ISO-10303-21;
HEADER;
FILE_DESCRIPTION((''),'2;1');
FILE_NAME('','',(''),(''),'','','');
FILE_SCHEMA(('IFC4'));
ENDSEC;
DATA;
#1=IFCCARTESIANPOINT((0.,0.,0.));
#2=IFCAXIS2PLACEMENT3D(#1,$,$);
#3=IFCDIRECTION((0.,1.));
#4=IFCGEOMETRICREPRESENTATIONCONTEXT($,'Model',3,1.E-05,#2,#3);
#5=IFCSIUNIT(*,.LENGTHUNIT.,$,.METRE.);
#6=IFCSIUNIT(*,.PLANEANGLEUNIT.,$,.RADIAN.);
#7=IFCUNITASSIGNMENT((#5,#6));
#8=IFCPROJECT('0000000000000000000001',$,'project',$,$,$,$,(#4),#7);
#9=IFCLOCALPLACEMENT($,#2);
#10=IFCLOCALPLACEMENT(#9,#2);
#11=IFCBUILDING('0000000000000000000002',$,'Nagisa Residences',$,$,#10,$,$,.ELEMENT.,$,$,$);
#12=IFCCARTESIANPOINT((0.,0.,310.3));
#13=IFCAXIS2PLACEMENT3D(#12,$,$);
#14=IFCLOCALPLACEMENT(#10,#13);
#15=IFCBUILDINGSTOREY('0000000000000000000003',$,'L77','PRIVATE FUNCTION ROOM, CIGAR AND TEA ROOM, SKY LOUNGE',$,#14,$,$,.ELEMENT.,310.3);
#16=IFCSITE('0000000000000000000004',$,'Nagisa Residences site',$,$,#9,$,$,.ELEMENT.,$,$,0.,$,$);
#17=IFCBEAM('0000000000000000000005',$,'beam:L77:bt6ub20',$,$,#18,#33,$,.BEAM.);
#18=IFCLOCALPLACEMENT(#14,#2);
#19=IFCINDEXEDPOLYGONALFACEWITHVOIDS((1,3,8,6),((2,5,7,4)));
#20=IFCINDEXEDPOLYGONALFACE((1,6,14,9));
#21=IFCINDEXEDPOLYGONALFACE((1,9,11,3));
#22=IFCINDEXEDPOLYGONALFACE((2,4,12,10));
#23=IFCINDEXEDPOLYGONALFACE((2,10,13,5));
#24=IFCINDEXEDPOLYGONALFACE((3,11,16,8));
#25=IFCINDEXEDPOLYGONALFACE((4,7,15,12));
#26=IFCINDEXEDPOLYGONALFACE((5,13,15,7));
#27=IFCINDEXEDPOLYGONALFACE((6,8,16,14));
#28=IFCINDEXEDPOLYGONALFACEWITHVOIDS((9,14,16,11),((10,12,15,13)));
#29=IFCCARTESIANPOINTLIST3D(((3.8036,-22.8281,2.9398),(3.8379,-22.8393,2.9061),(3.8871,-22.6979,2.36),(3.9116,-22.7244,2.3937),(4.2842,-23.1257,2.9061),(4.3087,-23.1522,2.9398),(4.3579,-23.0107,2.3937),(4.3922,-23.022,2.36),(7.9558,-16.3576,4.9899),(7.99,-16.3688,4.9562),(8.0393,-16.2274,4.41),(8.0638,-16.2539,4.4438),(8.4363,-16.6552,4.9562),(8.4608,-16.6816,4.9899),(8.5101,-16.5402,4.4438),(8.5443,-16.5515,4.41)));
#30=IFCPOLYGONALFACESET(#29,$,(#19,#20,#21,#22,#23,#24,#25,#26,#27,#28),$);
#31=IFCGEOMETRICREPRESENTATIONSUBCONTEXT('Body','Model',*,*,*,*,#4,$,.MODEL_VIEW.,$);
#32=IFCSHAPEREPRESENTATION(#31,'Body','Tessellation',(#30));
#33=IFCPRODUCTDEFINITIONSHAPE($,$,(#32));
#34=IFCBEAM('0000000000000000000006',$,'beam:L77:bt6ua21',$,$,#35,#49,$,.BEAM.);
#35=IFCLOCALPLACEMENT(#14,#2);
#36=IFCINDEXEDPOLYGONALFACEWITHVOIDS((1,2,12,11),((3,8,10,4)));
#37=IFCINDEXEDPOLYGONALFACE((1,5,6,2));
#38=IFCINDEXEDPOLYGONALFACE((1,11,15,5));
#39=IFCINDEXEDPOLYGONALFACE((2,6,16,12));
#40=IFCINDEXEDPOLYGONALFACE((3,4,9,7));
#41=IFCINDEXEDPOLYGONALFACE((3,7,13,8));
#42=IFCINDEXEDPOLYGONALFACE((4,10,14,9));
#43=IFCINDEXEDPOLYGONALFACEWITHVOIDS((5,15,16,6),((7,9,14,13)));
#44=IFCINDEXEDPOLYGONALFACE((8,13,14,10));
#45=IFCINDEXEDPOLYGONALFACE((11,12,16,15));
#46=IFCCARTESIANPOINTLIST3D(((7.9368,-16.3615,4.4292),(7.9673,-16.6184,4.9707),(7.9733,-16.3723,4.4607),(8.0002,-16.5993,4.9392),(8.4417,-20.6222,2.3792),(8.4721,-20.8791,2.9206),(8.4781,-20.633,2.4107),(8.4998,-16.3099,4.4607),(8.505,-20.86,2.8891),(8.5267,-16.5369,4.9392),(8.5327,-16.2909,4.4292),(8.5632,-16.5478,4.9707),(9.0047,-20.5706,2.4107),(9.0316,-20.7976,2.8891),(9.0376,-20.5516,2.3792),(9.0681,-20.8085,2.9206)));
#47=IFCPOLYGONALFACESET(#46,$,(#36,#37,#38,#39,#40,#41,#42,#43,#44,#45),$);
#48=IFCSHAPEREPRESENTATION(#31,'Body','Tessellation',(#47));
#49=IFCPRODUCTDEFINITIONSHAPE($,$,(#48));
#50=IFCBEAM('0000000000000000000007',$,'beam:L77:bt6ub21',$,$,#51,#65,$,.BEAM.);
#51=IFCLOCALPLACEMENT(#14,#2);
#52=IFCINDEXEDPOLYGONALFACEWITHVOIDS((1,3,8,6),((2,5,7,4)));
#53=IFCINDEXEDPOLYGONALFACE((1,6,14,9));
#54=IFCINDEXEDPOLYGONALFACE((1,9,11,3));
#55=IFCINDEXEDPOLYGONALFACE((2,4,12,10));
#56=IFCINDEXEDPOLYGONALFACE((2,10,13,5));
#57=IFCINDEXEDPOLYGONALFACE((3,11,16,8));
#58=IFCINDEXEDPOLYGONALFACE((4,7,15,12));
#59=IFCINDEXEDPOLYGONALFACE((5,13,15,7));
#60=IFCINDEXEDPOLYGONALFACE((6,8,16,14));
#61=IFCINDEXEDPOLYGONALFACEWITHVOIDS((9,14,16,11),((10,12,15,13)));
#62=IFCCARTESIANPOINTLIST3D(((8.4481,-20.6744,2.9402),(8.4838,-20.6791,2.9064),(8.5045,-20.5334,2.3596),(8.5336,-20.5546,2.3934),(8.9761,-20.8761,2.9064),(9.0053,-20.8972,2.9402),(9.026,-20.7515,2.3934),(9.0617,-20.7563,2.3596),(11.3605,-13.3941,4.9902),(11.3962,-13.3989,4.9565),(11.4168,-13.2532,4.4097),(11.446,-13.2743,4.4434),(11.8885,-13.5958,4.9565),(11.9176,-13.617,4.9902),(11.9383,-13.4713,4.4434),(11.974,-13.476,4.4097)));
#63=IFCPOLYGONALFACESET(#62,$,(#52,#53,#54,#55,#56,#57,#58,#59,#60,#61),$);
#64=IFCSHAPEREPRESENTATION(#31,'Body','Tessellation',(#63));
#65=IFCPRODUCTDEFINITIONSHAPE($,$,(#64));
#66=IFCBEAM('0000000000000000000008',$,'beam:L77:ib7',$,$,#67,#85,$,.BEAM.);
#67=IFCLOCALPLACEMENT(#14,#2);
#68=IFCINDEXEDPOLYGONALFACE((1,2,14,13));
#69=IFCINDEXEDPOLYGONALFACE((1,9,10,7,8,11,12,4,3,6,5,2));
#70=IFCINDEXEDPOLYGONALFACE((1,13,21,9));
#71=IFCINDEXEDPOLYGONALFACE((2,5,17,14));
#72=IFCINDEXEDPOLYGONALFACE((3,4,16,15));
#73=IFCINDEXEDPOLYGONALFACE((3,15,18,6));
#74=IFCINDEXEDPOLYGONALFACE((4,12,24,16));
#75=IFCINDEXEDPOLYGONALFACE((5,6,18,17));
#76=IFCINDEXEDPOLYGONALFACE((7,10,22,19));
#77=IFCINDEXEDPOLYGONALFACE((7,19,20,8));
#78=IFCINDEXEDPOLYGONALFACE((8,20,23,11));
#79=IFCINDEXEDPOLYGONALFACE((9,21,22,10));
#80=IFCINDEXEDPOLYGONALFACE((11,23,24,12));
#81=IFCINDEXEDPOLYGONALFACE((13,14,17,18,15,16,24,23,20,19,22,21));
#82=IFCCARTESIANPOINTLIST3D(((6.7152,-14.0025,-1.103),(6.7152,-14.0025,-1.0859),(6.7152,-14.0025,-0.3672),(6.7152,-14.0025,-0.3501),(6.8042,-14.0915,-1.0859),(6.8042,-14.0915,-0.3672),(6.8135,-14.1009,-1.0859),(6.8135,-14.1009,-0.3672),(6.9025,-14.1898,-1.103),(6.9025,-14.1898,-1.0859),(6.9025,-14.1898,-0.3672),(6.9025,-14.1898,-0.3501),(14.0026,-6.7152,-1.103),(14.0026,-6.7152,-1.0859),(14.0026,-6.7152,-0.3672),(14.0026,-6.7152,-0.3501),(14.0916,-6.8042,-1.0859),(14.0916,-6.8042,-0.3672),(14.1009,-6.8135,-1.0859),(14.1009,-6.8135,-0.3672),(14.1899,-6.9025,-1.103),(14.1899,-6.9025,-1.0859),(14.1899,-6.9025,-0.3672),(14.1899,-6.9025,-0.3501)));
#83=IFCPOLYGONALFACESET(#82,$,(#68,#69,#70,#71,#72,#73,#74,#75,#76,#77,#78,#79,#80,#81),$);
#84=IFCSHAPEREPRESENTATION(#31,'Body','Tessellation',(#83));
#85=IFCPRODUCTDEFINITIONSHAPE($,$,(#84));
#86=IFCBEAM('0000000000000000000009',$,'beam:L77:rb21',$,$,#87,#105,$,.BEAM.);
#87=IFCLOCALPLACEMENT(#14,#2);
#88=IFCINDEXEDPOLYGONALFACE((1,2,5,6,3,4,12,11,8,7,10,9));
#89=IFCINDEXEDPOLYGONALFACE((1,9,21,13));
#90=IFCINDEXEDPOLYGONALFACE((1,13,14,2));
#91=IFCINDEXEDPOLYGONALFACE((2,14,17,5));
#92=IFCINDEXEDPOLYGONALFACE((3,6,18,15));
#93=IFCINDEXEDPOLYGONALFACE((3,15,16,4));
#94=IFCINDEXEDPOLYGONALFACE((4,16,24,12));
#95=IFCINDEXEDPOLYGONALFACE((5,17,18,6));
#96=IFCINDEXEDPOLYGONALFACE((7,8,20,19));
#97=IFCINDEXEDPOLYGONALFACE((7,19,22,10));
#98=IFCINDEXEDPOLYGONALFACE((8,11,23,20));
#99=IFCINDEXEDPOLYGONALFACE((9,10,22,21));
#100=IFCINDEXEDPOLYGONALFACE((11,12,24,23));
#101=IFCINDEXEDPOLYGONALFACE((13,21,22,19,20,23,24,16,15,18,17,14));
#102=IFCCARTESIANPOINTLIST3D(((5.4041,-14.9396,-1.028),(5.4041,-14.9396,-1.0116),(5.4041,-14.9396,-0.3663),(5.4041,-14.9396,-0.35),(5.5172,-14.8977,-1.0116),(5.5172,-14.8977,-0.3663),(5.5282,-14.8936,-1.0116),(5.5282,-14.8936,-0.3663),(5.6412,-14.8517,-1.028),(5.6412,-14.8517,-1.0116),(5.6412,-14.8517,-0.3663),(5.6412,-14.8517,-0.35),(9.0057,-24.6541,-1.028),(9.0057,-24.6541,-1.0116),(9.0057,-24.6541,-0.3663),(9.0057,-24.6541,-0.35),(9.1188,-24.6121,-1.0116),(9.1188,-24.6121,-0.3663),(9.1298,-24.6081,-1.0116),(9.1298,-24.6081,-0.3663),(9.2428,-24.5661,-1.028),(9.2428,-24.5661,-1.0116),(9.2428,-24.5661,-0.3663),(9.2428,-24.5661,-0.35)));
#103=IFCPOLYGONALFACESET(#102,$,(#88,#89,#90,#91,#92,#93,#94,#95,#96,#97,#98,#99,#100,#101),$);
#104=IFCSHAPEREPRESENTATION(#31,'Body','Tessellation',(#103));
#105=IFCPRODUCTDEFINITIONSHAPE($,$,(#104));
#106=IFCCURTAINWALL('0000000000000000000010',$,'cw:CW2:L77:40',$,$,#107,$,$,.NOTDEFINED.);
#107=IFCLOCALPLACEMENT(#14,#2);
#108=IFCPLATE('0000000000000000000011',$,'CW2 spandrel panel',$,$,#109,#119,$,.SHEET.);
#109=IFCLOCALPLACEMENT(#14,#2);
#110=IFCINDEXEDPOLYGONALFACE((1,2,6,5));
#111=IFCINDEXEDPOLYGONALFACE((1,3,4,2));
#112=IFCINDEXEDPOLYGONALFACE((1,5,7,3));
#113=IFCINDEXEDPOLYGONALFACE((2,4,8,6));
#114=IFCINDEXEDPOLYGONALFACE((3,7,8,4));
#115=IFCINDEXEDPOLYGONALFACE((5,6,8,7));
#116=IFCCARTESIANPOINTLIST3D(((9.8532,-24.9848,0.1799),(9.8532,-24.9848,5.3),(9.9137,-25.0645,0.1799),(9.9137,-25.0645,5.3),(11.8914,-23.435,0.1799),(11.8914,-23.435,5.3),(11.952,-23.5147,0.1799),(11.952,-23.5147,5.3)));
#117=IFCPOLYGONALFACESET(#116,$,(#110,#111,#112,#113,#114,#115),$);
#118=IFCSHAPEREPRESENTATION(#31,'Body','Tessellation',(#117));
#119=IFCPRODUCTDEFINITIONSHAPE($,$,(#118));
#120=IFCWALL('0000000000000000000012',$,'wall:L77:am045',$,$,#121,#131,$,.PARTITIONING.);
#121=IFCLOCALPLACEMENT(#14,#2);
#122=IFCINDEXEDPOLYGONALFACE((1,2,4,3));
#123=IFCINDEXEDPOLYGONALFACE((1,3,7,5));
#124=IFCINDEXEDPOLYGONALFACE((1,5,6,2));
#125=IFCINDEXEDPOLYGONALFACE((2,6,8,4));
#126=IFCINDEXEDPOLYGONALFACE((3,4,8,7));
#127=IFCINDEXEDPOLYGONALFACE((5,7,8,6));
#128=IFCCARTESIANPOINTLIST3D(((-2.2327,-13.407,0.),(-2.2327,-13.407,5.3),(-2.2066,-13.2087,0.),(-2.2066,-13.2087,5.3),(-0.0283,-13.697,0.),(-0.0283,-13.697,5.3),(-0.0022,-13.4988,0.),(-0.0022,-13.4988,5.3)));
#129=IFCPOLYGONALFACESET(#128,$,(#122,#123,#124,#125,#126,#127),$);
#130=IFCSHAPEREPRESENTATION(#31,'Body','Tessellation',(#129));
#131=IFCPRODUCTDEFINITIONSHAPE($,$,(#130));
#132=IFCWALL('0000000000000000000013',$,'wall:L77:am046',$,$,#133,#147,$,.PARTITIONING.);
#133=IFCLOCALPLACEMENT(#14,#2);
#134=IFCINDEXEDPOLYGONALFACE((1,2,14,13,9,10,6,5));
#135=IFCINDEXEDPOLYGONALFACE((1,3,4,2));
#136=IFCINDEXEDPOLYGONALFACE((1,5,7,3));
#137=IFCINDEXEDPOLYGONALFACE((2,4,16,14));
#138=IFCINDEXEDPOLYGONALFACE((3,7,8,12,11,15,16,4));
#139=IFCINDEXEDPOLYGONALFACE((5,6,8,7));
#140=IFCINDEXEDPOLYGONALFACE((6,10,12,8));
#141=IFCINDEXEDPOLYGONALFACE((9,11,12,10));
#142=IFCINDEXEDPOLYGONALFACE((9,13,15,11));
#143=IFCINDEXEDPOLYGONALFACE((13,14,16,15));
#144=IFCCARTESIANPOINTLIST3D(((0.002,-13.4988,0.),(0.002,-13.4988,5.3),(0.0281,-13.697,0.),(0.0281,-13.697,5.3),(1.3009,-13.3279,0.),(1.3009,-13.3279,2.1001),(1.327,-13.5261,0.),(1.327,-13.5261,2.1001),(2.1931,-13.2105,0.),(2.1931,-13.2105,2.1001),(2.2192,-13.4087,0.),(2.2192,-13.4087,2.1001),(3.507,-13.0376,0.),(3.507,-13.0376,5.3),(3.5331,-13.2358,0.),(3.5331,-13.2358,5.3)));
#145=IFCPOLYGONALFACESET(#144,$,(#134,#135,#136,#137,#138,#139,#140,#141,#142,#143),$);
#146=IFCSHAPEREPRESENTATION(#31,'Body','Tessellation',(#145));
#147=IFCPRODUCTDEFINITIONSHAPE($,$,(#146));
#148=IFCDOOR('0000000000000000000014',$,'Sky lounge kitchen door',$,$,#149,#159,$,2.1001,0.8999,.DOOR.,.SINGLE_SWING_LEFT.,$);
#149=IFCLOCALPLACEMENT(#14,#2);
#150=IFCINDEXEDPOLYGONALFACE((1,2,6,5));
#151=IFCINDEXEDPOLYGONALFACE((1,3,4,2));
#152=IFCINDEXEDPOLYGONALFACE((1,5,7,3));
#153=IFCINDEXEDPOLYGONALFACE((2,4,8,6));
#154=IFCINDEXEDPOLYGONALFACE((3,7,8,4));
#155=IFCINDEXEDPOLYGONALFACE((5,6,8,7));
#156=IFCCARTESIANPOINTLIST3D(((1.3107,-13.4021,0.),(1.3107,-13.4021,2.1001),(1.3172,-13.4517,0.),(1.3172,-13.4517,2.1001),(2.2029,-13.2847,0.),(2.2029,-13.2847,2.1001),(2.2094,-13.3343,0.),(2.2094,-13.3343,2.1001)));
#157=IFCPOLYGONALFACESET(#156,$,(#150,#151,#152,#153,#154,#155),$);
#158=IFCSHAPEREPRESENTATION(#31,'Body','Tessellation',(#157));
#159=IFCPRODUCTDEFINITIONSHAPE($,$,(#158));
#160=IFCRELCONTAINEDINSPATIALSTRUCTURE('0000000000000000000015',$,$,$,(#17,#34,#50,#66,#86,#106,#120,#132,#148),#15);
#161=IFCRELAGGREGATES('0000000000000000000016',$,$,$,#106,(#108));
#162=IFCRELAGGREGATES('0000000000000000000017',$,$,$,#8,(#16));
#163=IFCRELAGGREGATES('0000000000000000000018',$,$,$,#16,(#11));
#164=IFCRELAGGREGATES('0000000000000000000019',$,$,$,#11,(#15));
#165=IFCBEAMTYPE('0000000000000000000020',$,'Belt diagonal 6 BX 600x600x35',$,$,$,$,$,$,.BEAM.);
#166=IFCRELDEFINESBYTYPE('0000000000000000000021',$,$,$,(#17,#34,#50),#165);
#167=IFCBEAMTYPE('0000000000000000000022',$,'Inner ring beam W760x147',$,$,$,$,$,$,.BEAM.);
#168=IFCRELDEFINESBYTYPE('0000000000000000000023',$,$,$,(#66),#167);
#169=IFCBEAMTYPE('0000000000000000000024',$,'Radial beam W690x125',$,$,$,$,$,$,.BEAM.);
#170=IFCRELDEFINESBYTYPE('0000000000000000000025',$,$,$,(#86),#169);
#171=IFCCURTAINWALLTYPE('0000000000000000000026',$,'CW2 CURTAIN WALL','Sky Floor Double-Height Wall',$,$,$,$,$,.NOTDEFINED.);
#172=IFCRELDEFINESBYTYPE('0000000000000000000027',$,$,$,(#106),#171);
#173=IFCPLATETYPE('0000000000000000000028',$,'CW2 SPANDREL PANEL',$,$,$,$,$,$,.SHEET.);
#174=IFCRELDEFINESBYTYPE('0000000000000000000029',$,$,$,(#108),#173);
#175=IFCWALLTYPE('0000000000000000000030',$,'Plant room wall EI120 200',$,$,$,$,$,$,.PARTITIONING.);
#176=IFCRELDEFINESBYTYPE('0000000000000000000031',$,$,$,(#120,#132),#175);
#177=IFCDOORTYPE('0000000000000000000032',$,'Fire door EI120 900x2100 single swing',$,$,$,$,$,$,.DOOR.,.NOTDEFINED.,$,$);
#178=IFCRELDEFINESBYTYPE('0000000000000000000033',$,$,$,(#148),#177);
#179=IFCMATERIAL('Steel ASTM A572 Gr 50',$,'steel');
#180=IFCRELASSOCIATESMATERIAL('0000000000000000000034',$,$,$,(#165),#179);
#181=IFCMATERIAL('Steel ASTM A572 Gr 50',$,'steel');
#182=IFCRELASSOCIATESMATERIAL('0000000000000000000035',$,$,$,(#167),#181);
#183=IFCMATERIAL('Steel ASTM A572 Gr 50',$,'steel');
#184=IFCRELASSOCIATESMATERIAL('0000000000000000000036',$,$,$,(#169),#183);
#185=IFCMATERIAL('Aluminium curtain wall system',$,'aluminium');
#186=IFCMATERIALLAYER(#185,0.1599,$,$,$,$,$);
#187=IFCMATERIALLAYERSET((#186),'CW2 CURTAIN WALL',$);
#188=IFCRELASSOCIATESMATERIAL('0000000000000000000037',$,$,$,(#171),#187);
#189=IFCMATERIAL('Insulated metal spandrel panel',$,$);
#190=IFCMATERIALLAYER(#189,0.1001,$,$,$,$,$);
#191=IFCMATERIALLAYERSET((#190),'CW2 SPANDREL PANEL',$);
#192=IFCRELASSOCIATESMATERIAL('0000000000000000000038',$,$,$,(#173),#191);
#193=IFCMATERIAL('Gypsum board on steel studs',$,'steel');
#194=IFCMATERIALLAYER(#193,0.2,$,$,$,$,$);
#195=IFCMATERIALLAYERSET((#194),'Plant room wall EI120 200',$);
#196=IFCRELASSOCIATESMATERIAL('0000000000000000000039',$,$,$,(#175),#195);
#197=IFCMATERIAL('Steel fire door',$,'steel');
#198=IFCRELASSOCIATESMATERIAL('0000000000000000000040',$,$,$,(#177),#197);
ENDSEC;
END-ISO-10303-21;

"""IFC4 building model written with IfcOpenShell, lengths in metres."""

from ifc_helpers import new_model, si_unit, direction, frame, frame_2d, origin, origin_2d, place, context, subcontext, project, spatial, rectangle, hollow_rectangle, i_section, extrude, material, layer, layer_set, material_profile, profile_set, type_object, element, fill, aggregate, save


model = new_model("IFC4")

# Units and contexts
model_context = context("Model", 3, precision=1e-05, world=origin(), true_north=direction((0.0, 1.0)))
body_context = subcontext(model_context, "Body", "Model", "MODEL_VIEW")
ifc_project = project(units=[si_unit("LENGTHUNIT", "METRE"), si_unit("PLANEANGLEUNIT", "RADIAN")], contexts=[model_context])

# Site, building, storey
site_placement = place(None, origin())
site = spatial("IfcSite", under=ifc_project, at=site_placement, Name="Nagisa Residences site", CompositionType="ELEMENT", RefElevation=0.0)
building_placement = place(site_placement, origin())
building = spatial("IfcBuilding", under=site, at=building_placement, Name="Nagisa Residences", CompositionType="ELEMENT")
storey_placement = place(building_placement, frame((0.0, 0.0, 310.3)))
storey = spatial("IfcBuildingStorey", under=building, at=storey_placement, Name="L77", Description="PRIVATE FUNCTION ROOM, CIGAR AND TEA ROOM, SKY LOUNGE", CompositionType="ELEMENT", Elevation=310.3)

# Beams
ifc_material_1 = material(Name="Steel ASTM A572 Gr 50", Category="steel")
ifc_material_profile_1 = material_profile(ifc_material_1, hollow_rectangle(XDim=0.6001, YDim=0.6001, WallThickness=0.0349, at=origin_2d()), Name="BX 600x600x35")
ifc_profile_set_1 = profile_set([ifc_material_profile_1], Name="Steel ASTM A572 Gr 50")
beam_type_1 = type_object("IfcBeamType", Name="Belt diagonal 6 BX 600x600x35", PredefinedType="BEAM", material=ifc_profile_set_1)
beam_1_placement = place(storey_placement, frame((4.0979, -22.925, 2.6499), z_axis=(0.521835, 0.813206, 0.25765), x_axis=(-0.841621, 0.540069, 0.0)))
element("IfcBeam", 1, at=beam_1_placement, inside=storey, type_object=beam_type_1, Name="beam:L77:bt6ub20", PredefinedType="BEAM", context=body_context, shape_type="SweptSolid", body=[
    extrude(hollow_rectangle(XDim=0.6001, YDim=0.6001, WallThickness=0.0349, at=origin_2d()), origin(), (0.0, 0.0, 1.0), 7.9568),
])
beam_2_placement = place(storey_placement, frame((8.7549, -20.7153, 2.6499), z_axis=(-0.106176, 0.896025, 0.431121), x_axis=(-0.993052, -0.117673, 0.0)))
element("IfcBeam", 2, at=beam_2_placement, inside=storey, type_object=beam_type_1, Name="beam:L77:bt6ua21", PredefinedType="BEAM", context=body_context, shape_type="SweptSolid", body=[
    extrude(hollow_rectangle(XDim=0.6001, YDim=0.6001, WallThickness=0.0349, at=origin_2d()), origin(), (0.0, 0.0, 1.0), 4.7551),
])
beam_3_placement = place(storey_placement, frame((8.7549, -20.7153, 2.6499), z_axis=(0.359339, 0.898273, 0.252944), x_axis=(-0.928466, 0.371418, 0.0)))
element("IfcBeam", 3, at=beam_3_placement, inside=storey, type_object=beam_type_1, Name="beam:L77:bt6ub21", PredefinedType="BEAM", context=body_context, shape_type="SweptSolid", body=[
    extrude(hollow_rectangle(XDim=0.6001, YDim=0.6001, WallThickness=0.0349, at=origin_2d()), origin(), (0.0, 0.0, 1.0), 8.1047),
])
ifc_material_2 = material(Name="Steel ASTM A572 Gr 50", Category="steel")
ifc_material_profile_2 = material_profile(ifc_material_2, i_section(OverallWidth=0.2649, OverallDepth=0.7529, WebThickness=0.0132, FlangeThickness=0.0171, at=origin_2d()), Name="W760x147")
ifc_profile_set_2 = profile_set([ifc_material_profile_2], Name="Steel ASTM A572 Gr 50")
beam_type_2 = type_object("IfcBeamType", Name="Inner ring beam W760x147", PredefinedType="BEAM", material=ifc_profile_set_2)
beam_4_placement = place(storey_placement, frame((6.8088, -14.0962, -0.7266), z_axis=(0.707107, 0.707107, 0.0), x_axis=(-0.707107, 0.707107, 0.0)))
element("IfcBeam", 4, at=beam_4_placement, inside=storey, type_object=beam_type_2, Name="beam:L77:ib7", PredefinedType="BEAM", context=body_context, shape_type="SweptSolid", body=[
    extrude(i_section(OverallWidth=0.2649, OverallDepth=0.7529, WebThickness=0.0132, FlangeThickness=0.0171, at=origin_2d()), origin(), (0.0, 0.0, 1.0), 10.3059),
])
ifc_material_3 = material(Name="Steel ASTM A572 Gr 50", Category="steel")
ifc_material_profile_3 = material_profile(ifc_material_3, i_section(OverallWidth=0.2529, OverallDepth=0.678, WebThickness=0.0117, FlangeThickness=0.0164, at=origin_2d()), Name="W690x125")
ifc_profile_set_3 = profile_set([ifc_material_profile_3], Name="Steel ASTM A572 Gr 50")
beam_type_3 = type_object("IfcBeamType", Name="Radial beam W690x125", PredefinedType="BEAM", material=ifc_profile_set_3)
beam_5_placement = place(storey_placement, frame((9.1243, -24.6101, -0.689), z_axis=(-0.347624, 0.937634, 0.0), x_axis=(-0.937634, -0.347624, 0.0)))
element("IfcBeam", 5, at=beam_5_placement, inside=storey, type_object=beam_type_3, Name="beam:L77:rb21", PredefinedType="BEAM", context=body_context, shape_type="SweptSolid", body=[
    extrude(i_section(OverallWidth=0.2529, OverallDepth=0.678, WebThickness=0.0117, FlangeThickness=0.0164, at=origin_2d()), origin(), (0.0, 0.0, 1.0), 10.3606),
])

# Curtain wall, plate
ifc_material_4 = material(Name="Aluminium curtain wall system", Category="aluminium")
ifc_layer_1 = layer(ifc_material_4, 0.1599)
ifc_layer_set_1 = layer_set([ifc_layer_1], Name="CW2 CURTAIN WALL")
curtain_wall_type = type_object("IfcCurtainWallType", Name="CW2 CURTAIN WALL", Description="Sky Floor Double-Height Wall", PredefinedType="NOTDEFINED", material=ifc_layer_set_1)
curtain_wall_placement = place(storey_placement, origin())
curtain_wall = element("IfcCurtainWall", 6, at=curtain_wall_placement, inside=storey, type_object=curtain_wall_type, Name="cw:CW2:L77:40", PredefinedType="NOTDEFINED")
ifc_material_5 = material(Name="Insulated metal spandrel panel")
ifc_layer_2 = layer(ifc_material_5, 0.1001)
ifc_layer_set_2 = layer_set([ifc_layer_2], Name="CW2 SPANDREL PANEL")
plate_type = type_object("IfcPlateType", Name="CW2 SPANDREL PANEL", PredefinedType="SHEET", material=ifc_layer_set_2)
plate_placement = place(storey_placement, frame((10.9026, -24.2498, 0.1799), z_axis=(0.0, 0.0, 1.0), x_axis=(0.796031, 0.605255, 0.0)))
plate = element("IfcPlate", 7, at=plate_placement, type_object=plate_type, Name="CW2 spandrel panel", PredefinedType="SHEET", context=body_context, shape_type="SweptSolid", body=[
    extrude(rectangle(XDim=2.5605, YDim=0.1001, at=origin_2d()), origin(), (0.0, 0.0, 1.0), 5.1201),
])
aggregate(curtain_wall, [plate])

# Wall
ifc_material_6 = material(Name="Gypsum board on steel studs", Category="steel")
ifc_layer_3 = layer(ifc_material_6, 0.2)
ifc_layer_set_3 = layer_set([ifc_layer_3], Name="Plant room wall EI120 200")
wall_type = type_object("IfcWallType", Name="Plant room wall EI120 200", PredefinedType="PARTITIONING", material=ifc_layer_set_3)
wall_1_placement = place(storey_placement, frame((-0.0151, -13.5979, 0.0), z_axis=(0.0, 0.0, 1.0), x_axis=(-0.991455, 0.130452, 0.0)))
element("IfcWall", 8, at=wall_1_placement, inside=storey, type_object=wall_type, Name="wall:L77:am045", PredefinedType="PARTITIONING", context=body_context, shape_type="SweptSolid", body=[
    extrude(rectangle(XDim=2.2234, YDim=0.2, at=frame_2d((1.1118, 0.0))), origin(), (0.0, 0.0, 1.0), 5.3),
])

# Wall, opening, door
wall_2_placement = place(storey_placement, frame((3.52, -13.1367, 0.0), z_axis=(0.0, 0.0, 1.0), x_axis=(-0.991454, -0.130458, 0.0)))
wall_2 = element("IfcWall", 9, at=wall_2_placement, inside=storey, type_object=wall_type, Name="wall:L77:am046", PredefinedType="PARTITIONING", context=body_context, shape_type="SweptSolid", body=[
    extrude(rectangle(XDim=3.5352, YDim=0.2, at=frame_2d((1.7676, 0.0))), origin(), (0.0, 0.0, 1.0), 5.3),
])
opening_placement = place(wall_2_placement, frame((1.3252, 0.0, 0.0)))
opening = element("IfcOpeningElement", 10, at=opening_placement, cuts=wall_2, PredefinedType="OPENING", context=body_context, shape_type="SweptSolid", body=[
    extrude(rectangle(XDim=0.8999, YDim=2.1001, at=frame_2d((0.45, 1.05))), frame((0.0, 0.1099, 0.0), z_axis=(0.0, -1.0, 0.0), x_axis=(1.0, 0.0, 0.0)), (0.0, 0.0, 1.0), 0.22),
])
ifc_material_7 = material(Name="Steel fire door", Category="steel")
door_type = type_object("IfcDoorType", Name="Fire door EI120 900x2100 single swing", OperationType="NOTDEFINED", PredefinedType="DOOR", material=ifc_material_7)
door_placement = place(opening_placement, origin())
door = element("IfcDoor", 11, at=door_placement, inside=storey, type_object=door_type, Name="Sky lounge kitchen door", OperationType="SINGLE_SWING_LEFT", OverallHeight=2.1001, OverallWidth=0.8999, PredefinedType="DOOR", context=body_context, shape_type="SweptSolid", body=[
    extrude(rectangle(XDim=0.8999, YDim=2.1001, at=frame_2d((0.45, 1.05))), frame((0.0, 0.0249, 0.0), z_axis=(0.0, -1.0, 0.0), x_axis=(1.0, 0.0, 0.0)), (0.0, 0.0, 1.0), 0.05),
])
fill(opening, door)

save(model, "model.ifc")
